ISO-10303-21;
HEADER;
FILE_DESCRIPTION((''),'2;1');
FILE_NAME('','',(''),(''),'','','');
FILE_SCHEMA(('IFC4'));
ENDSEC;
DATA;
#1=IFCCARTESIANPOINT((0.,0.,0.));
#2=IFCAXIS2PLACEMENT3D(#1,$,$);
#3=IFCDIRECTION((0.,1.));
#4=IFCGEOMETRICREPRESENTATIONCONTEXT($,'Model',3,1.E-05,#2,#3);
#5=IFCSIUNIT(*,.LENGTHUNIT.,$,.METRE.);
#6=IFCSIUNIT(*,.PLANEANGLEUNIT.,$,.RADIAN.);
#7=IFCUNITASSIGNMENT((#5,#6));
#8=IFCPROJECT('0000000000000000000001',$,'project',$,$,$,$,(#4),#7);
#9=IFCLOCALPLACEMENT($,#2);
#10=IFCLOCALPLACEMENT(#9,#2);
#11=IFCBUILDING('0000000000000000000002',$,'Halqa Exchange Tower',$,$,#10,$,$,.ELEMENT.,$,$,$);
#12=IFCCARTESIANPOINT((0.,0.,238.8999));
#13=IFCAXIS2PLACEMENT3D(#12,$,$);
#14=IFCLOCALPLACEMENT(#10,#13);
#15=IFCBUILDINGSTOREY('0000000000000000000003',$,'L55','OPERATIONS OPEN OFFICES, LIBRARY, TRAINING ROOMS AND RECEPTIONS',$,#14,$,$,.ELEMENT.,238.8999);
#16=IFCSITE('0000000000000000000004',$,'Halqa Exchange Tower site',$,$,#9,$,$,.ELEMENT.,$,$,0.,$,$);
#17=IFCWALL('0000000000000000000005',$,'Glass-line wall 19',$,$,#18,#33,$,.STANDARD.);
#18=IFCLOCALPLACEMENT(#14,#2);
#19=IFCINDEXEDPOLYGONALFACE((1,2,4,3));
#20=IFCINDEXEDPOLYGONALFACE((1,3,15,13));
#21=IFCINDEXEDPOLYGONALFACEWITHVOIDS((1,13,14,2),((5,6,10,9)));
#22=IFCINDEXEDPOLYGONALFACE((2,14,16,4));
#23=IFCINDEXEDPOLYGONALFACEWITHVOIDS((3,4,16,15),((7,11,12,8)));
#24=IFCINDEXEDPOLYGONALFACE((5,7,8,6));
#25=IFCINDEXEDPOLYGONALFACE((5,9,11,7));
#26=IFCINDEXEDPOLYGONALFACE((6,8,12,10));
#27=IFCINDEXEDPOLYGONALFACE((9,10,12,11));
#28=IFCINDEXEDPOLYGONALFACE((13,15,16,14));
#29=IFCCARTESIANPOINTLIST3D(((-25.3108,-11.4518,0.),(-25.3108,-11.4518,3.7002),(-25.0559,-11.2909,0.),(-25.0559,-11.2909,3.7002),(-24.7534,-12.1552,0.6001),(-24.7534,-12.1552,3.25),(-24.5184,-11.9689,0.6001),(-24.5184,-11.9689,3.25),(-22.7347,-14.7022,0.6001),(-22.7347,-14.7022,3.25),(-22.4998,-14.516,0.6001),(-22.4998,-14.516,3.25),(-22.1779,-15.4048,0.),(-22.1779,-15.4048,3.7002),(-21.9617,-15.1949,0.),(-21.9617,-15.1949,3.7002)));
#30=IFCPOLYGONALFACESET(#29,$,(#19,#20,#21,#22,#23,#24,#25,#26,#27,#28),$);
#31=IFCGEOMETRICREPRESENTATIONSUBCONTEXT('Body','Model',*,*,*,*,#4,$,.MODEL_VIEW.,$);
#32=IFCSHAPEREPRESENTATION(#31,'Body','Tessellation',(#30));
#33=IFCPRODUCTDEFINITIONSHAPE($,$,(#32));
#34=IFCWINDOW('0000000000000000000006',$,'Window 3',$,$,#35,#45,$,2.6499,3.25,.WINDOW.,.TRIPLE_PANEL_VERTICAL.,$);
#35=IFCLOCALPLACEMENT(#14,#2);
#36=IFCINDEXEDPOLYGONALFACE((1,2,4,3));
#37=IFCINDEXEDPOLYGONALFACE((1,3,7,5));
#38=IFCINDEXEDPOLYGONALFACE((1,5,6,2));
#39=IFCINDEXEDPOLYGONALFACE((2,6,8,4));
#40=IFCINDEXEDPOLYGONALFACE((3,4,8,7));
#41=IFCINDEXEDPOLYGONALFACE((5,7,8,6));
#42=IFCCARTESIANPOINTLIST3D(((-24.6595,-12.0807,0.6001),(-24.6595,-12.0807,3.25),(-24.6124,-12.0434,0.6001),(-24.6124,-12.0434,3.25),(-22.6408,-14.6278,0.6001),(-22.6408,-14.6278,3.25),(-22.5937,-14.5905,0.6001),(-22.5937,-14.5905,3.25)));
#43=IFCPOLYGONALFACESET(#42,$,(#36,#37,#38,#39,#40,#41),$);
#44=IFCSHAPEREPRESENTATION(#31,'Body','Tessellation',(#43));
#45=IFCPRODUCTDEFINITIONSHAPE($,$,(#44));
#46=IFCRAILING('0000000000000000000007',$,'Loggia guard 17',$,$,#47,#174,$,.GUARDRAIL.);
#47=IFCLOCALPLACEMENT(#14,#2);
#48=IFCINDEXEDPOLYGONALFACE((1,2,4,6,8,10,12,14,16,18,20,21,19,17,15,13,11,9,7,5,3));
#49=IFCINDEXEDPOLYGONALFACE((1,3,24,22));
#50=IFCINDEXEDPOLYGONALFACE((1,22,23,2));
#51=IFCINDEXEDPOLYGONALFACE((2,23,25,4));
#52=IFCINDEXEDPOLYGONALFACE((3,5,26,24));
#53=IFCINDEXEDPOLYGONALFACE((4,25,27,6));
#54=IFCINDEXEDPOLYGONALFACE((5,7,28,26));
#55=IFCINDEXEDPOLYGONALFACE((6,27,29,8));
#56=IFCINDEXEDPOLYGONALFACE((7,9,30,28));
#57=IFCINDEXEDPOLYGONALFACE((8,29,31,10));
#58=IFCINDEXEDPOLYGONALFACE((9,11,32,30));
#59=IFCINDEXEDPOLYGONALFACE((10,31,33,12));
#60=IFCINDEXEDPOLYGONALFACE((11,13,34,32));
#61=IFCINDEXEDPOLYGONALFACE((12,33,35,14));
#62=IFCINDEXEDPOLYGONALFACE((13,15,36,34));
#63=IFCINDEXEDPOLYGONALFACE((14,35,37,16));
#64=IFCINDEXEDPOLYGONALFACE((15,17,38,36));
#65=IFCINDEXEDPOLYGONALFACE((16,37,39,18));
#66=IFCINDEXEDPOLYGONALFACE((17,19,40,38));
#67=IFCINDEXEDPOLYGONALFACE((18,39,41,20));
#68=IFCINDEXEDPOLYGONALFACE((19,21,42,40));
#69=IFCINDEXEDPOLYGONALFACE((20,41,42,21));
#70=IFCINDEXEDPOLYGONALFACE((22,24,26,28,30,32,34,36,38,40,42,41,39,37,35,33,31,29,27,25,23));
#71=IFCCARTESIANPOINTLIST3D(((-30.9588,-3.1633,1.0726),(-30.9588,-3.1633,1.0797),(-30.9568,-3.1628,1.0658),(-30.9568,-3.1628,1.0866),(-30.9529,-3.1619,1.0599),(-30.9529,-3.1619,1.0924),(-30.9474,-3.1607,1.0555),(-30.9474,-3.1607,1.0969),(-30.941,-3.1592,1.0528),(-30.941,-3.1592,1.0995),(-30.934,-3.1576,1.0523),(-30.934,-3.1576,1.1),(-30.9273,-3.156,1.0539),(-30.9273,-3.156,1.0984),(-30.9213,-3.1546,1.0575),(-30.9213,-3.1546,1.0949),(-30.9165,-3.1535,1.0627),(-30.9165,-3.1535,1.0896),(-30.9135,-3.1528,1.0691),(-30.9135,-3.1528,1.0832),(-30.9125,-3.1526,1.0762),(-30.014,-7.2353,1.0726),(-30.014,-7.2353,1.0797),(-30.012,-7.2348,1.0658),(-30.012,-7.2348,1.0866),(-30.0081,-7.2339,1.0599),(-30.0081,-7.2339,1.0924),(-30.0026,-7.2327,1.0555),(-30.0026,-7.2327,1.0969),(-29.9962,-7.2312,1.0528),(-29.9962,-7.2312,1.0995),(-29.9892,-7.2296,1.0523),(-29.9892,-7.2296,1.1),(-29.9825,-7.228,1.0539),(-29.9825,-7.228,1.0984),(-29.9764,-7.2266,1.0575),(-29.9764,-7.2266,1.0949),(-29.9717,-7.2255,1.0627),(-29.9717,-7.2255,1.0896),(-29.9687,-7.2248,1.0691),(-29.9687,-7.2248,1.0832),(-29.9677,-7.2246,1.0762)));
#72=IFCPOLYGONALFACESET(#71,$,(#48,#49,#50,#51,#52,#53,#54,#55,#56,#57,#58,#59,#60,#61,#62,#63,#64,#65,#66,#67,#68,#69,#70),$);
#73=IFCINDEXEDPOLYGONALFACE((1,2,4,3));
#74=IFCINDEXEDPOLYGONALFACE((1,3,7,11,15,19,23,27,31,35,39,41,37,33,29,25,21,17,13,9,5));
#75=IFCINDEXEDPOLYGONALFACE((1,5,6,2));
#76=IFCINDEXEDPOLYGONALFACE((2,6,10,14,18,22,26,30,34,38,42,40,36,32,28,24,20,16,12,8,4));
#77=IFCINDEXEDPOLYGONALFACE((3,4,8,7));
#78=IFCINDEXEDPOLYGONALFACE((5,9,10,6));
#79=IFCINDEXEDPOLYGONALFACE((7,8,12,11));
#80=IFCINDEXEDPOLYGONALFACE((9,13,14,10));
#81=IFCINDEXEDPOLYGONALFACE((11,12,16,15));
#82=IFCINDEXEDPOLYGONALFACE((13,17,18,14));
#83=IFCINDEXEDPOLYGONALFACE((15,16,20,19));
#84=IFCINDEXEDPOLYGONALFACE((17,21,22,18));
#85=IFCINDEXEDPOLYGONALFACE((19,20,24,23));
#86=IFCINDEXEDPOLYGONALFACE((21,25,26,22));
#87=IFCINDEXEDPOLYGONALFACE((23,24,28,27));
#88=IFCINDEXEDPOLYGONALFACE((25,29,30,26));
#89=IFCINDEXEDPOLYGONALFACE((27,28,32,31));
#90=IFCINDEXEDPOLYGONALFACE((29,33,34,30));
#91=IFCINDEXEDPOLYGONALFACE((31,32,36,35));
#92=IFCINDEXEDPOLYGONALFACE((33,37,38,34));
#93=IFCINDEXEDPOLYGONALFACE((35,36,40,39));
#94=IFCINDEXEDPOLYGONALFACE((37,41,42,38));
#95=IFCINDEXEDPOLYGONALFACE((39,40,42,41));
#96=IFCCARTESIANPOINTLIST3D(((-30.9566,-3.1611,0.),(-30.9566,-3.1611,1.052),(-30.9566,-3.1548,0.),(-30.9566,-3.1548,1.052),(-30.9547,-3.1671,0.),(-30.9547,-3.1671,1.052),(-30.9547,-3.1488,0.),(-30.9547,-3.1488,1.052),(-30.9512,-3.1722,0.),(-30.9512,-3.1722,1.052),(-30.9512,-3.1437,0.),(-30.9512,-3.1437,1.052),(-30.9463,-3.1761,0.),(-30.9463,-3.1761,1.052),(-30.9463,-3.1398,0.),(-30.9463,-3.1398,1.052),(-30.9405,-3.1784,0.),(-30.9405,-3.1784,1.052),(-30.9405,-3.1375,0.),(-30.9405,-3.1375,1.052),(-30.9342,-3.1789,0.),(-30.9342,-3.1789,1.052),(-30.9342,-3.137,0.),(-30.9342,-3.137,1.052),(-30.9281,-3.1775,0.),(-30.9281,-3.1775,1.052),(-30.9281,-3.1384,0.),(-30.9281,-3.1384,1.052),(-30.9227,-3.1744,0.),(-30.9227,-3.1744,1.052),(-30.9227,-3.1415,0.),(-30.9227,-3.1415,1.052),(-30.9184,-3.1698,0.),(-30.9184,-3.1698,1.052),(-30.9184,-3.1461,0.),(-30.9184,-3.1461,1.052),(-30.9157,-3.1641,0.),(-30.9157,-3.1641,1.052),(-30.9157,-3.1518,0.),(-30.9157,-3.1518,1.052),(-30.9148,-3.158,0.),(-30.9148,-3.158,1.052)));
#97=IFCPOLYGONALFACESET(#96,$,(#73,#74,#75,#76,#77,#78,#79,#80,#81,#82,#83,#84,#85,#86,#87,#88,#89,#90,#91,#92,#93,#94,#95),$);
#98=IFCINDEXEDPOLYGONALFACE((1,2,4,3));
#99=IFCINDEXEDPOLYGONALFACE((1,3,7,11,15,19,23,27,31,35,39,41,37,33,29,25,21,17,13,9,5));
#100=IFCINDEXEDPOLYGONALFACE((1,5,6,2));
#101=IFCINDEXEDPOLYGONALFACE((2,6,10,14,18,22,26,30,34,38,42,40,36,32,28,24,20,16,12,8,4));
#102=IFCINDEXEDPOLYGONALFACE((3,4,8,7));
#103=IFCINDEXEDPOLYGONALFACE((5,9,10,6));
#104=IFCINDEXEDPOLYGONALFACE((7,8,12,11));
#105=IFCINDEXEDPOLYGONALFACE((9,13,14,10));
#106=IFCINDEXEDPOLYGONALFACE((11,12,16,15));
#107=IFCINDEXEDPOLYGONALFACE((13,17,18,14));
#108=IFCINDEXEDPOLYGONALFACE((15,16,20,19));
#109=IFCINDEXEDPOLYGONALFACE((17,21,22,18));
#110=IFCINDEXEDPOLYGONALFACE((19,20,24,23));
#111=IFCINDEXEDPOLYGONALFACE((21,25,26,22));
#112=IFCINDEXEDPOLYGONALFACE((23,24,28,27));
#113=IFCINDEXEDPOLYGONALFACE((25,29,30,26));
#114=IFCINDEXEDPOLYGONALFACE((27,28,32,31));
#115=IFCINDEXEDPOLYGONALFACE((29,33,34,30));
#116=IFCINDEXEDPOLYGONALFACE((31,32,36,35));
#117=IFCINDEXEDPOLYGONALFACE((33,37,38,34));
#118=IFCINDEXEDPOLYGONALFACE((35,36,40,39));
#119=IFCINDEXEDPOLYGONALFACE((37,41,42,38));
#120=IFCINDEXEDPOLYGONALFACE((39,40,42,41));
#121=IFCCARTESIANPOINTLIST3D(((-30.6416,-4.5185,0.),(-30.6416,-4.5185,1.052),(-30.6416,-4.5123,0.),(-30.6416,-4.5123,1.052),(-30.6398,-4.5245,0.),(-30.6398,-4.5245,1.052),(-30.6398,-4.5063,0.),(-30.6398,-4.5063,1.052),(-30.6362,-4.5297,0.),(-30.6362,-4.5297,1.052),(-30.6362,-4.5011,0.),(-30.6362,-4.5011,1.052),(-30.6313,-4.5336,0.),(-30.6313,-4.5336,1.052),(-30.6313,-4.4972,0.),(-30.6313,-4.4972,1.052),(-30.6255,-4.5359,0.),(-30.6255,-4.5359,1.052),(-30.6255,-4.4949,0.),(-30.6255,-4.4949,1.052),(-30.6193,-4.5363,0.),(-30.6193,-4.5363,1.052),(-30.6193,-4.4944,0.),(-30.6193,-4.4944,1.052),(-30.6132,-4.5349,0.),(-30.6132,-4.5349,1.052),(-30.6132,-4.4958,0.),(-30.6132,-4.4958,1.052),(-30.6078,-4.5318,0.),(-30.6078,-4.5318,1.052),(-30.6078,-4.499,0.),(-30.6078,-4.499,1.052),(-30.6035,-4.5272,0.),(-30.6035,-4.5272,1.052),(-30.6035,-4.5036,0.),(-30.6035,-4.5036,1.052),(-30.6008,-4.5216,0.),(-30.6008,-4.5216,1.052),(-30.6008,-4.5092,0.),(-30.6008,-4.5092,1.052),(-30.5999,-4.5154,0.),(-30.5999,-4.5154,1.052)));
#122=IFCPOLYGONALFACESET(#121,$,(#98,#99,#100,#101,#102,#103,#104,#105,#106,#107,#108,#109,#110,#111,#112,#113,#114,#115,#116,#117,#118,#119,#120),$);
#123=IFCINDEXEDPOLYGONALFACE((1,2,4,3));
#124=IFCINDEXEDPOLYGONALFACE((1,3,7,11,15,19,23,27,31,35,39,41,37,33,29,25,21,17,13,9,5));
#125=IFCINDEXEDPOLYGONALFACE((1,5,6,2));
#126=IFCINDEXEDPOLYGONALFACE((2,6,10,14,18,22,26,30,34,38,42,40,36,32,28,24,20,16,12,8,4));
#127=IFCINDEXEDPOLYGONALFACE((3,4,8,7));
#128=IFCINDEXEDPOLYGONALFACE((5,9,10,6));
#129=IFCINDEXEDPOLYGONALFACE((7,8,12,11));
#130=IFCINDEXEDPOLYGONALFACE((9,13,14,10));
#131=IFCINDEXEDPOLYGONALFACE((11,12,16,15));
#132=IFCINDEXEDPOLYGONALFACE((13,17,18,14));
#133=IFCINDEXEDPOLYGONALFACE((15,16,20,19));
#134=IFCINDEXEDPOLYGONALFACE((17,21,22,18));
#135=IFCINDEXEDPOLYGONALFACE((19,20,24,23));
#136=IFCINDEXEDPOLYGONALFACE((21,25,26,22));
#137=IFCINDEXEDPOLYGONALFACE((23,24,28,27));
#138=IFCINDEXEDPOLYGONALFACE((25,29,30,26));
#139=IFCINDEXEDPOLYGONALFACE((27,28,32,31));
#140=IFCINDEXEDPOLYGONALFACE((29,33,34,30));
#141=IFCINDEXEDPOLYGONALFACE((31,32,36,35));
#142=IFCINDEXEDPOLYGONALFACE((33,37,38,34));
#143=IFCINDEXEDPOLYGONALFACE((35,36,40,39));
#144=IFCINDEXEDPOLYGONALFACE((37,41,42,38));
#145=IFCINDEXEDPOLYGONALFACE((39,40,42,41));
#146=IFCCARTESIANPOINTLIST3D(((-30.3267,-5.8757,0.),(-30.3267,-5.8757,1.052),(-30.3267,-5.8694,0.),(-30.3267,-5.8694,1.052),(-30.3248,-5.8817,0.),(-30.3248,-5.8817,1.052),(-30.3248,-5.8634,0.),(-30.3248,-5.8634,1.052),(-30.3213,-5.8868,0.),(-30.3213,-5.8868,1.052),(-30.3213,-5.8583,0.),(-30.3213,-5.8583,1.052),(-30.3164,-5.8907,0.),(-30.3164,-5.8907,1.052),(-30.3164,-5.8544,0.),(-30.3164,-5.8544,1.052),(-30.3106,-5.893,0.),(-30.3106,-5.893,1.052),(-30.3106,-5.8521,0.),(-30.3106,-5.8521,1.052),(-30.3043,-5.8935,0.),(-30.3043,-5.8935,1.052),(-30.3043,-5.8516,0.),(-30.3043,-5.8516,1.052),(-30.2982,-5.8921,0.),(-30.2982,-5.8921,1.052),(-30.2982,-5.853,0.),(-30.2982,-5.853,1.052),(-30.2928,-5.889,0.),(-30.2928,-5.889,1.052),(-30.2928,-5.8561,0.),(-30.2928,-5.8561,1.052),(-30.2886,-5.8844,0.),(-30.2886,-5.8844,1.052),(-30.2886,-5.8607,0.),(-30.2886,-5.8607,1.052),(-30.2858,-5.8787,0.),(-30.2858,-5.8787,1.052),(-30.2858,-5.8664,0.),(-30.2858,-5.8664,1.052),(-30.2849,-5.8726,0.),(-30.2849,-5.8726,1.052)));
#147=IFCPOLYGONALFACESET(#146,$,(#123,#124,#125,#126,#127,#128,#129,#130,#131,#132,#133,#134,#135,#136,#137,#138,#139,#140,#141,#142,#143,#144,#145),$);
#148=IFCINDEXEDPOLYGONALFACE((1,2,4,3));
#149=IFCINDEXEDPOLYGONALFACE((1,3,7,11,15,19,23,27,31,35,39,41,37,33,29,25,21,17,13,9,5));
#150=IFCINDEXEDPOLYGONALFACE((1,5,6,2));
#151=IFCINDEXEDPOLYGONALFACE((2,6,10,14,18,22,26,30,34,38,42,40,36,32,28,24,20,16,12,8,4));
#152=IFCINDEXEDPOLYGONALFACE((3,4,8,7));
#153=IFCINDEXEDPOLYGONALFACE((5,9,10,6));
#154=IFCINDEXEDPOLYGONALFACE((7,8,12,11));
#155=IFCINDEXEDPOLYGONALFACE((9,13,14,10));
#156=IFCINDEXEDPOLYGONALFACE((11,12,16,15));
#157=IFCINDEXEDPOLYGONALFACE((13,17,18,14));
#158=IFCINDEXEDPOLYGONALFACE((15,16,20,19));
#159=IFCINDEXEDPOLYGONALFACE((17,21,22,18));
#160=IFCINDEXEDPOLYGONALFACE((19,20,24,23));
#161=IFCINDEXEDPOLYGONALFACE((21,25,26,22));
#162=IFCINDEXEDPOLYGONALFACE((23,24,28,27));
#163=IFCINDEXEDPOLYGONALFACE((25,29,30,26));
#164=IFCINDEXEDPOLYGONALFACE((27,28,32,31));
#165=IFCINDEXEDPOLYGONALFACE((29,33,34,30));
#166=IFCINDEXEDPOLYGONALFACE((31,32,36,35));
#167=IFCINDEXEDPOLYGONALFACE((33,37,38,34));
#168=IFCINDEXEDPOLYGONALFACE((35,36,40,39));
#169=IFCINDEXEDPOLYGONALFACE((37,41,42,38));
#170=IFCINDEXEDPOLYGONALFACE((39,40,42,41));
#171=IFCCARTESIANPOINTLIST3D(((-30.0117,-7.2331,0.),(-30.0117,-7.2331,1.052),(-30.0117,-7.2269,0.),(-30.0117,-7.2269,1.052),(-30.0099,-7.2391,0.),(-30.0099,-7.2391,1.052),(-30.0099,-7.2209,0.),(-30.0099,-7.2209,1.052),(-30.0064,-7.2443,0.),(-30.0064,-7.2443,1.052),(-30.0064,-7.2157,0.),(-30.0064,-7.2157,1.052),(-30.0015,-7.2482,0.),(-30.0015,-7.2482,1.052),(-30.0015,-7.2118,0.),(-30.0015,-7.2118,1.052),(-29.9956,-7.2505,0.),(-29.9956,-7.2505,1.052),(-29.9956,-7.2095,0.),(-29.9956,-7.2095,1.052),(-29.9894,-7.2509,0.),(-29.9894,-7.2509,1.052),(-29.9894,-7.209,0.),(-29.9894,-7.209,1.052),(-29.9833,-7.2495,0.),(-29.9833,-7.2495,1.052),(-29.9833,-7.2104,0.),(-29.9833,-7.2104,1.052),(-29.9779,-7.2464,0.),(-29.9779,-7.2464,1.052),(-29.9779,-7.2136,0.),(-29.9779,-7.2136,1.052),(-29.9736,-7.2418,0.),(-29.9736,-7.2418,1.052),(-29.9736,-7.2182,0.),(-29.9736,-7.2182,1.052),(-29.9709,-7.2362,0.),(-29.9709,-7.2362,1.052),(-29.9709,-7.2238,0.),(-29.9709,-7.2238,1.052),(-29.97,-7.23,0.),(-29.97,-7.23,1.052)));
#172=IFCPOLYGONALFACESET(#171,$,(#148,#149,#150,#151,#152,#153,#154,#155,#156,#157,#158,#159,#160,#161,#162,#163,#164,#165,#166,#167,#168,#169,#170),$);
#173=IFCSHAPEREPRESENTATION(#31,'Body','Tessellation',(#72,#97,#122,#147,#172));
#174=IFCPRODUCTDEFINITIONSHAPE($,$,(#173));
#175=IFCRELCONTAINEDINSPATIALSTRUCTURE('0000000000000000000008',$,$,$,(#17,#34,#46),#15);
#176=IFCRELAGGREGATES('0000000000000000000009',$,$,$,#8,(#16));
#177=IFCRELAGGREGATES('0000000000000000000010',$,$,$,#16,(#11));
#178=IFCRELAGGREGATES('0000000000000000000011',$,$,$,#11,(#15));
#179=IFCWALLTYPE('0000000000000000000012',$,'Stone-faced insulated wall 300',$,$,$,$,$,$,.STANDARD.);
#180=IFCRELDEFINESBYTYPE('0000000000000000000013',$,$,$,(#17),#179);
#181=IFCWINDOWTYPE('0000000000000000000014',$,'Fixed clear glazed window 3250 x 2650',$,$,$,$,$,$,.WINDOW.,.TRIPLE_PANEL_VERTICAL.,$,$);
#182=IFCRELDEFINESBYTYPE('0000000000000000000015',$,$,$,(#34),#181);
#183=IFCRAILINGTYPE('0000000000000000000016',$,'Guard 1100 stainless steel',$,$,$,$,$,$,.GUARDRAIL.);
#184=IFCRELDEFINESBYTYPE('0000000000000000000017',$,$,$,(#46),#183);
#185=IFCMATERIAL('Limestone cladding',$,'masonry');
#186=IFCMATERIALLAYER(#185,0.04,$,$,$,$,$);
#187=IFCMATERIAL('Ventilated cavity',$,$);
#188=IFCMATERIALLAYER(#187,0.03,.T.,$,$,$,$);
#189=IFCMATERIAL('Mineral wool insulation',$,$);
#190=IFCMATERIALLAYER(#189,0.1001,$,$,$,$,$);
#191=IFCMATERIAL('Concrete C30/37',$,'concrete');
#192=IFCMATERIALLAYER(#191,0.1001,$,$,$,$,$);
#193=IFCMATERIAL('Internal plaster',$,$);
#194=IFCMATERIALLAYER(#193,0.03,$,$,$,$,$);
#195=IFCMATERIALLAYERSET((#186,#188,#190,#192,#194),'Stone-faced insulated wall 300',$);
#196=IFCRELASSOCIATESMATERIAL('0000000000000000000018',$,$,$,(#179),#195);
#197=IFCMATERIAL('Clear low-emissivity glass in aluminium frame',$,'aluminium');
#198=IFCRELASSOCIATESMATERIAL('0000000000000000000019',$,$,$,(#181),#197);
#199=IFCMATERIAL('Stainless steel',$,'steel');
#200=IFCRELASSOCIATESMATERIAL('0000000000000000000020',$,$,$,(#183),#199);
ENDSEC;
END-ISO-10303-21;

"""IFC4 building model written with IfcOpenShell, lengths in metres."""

from ifc_helpers import new_model, si_unit, direction, frame, frame_2d, origin, origin_2d, place, context, subcontext, project, spatial, polyline, rectangle, circle, outline, extrude, material, layer, layer_set, type_object, element, fill, save


model = new_model("IFC4")

# Units and contexts
model_context = context("Model", 3, precision=1e-05, world=origin(), true_north=direction((0.0, 1.0)))
body_context = subcontext(model_context, "Body", "Model", "MODEL_VIEW")
ifc_project = project(units=[si_unit("LENGTHUNIT", "METRE"), si_unit("PLANEANGLEUNIT", "RADIAN")], contexts=[model_context])

# Site, building, storey
site_placement = place(None, origin())
site = spatial("IfcSite", under=ifc_project, at=site_placement, Name="Halqa Exchange Tower site", CompositionType="ELEMENT", RefElevation=0.0)
building_placement = place(site_placement, origin())
building = spatial("IfcBuilding", under=site, at=building_placement, Name="Halqa Exchange Tower", CompositionType="ELEMENT")
storey_placement = place(building_placement, frame((0.0, 0.0, 238.8999)))
storey = spatial("IfcBuildingStorey", under=building, at=storey_placement, Name="L55", Description="OPERATIONS OPEN OFFICES, LIBRARY, TRAINING ROOMS AND RECEPTIONS", CompositionType="ELEMENT", Elevation=238.8999)

# Wall, opening, window
ifc_material_1 = material(Name="Limestone cladding", Category="masonry")
ifc_layer_1 = layer(ifc_material_1, 0.04)
ifc_material_2 = material(Name="Ventilated cavity")
ifc_layer_2 = layer(ifc_material_2, 0.03, ventilated=True)
ifc_material_3 = material(Name="Mineral wool insulation")
ifc_layer_3 = layer(ifc_material_3, 0.1001)
ifc_material_4 = material(Name="Concrete C30/37", Category="concrete")
ifc_layer_4 = layer(ifc_material_4, 0.1001)
ifc_material_5 = material(Name="Internal plaster")
ifc_layer_5 = layer(ifc_material_5, 0.03)
ifc_layer_set_1 = layer_set([ifc_layer_1, ifc_layer_2, ifc_layer_3, ifc_layer_4, ifc_layer_5], Name="Stone-faced insulated wall 300")
wall_type_1 = type_object("IfcWallType", Name="Stone-faced insulated wall 300", PredefinedType="STANDARD", material=ifc_layer_set_1)
ifc_material_6 = material(Name="Clear low-emissivity glass in aluminium frame", Category="aluminium")
window_type = type_object("IfcWindowType", Name="Fixed clear glazed window 3250 x 2650", PartitioningType="TRIPLE_PANEL_VERTICAL", PredefinedType="WINDOW", material=ifc_material_6)
wall_1_placement = place(storey_placement, frame((-25.1833, -11.3713, 0.0), z_axis=(0.0, 0.0, 1.0), x_axis=(0.621131, -0.783707, 0.0)))
wall_1 = element("IfcWall", 1, at=wall_1_placement, inside=storey, type_object=wall_type_1, Name="Glass-line wall 19", PredefinedType="STANDARD", context=body_context, shape_type="SweptSolid", body=[
    extrude(outline(polyline([(-0.0161, -0.1499), (5.0278, -0.1499), (4.9976, 0.1499), (0.0161, 0.1499), (-0.0161, -0.1499)])), origin(), (0.0, 0.0, 1.0), 3.7002),
])
opening_1_placement = place(wall_1_placement, frame((0.8813, 0.0, 0.6001)))
opening_1 = element("IfcOpeningElement", 2, at=opening_1_placement, cuts=wall_1, PredefinedType="OPENING", context=body_context, shape_type="SweptSolid", body=[
    extrude(rectangle(XDim=3.25, YDim=2.6499, at=frame_2d((1.625, 1.325))), frame((0.0, 0.1621, 0.0), z_axis=(0.0, -1.0, 0.0), x_axis=(1.0, 0.0, 0.0)), (0.0, 0.0, 1.0), 0.324),
])
window_1_placement = place(opening_1_placement, origin())
window_1 = element("IfcWindow", 3, at=window_1_placement, inside=storey, type_object=window_type, Name="Window 3", OverallHeight=2.6499, OverallWidth=3.25, PartitioningType="TRIPLE_PANEL_VERTICAL", PredefinedType="WINDOW", context=body_context, shape_type="SweptSolid", body=[
    extrude(rectangle(XDim=3.25, YDim=2.6499, at=frame_2d((1.625, 1.325))), frame((0.0, 0.03, 0.0), z_axis=(0.0, -1.0, 0.0), x_axis=(1.0, 0.0, 0.0)), (0.0, 0.0, 1.0), 0.0601),
])
fill(opening_1, window_1)

# Railing
ifc_material_7 = material(Name="Stainless steel", Category="steel")
railing_type = type_object("IfcRailingType", Name="Guard 1100 stainless steel", PredefinedType="GUARDRAIL", material=ifc_material_7)
railing_1_placement = place(storey_placement, frame((-30.9358, -3.158, 0.0)))
element("IfcRailing", 4, at=railing_1_placement, inside=storey, type_object=railing_type, Name="Loggia guard 17", PredefinedType="GUARDRAIL", context=body_context, shape_type="SweptSolid", body=[
    extrude(circle(Radius=0.0239, at=origin_2d()), frame((0.0, 0.0, 1.0762), z_axis=(0.226024, -0.974122, 0.0), x_axis=(0.974122, 0.226024, 0.0)), (0.0, 0.0, 1.0), 4.1802),
    extrude(circle(Radius=0.021, at=origin_2d()), origin(), (0.0, 0.0, 1.0), 1.052),
    extrude(circle(Radius=0.021, at=origin_2d()), frame((0.3149, -1.3574, 0.0)), (0.0, 0.0, 1.0), 1.052),
    extrude(circle(Radius=0.021, at=origin_2d()), frame((0.6299, -2.7146, 0.0)), (0.0, 0.0, 1.0), 1.052),
    extrude(circle(Radius=0.021, at=origin_2d()), frame((0.9448, -4.072, 0.0)), (0.0, 0.0, 1.0), 1.052),
])

save(model, "model.ifc")
